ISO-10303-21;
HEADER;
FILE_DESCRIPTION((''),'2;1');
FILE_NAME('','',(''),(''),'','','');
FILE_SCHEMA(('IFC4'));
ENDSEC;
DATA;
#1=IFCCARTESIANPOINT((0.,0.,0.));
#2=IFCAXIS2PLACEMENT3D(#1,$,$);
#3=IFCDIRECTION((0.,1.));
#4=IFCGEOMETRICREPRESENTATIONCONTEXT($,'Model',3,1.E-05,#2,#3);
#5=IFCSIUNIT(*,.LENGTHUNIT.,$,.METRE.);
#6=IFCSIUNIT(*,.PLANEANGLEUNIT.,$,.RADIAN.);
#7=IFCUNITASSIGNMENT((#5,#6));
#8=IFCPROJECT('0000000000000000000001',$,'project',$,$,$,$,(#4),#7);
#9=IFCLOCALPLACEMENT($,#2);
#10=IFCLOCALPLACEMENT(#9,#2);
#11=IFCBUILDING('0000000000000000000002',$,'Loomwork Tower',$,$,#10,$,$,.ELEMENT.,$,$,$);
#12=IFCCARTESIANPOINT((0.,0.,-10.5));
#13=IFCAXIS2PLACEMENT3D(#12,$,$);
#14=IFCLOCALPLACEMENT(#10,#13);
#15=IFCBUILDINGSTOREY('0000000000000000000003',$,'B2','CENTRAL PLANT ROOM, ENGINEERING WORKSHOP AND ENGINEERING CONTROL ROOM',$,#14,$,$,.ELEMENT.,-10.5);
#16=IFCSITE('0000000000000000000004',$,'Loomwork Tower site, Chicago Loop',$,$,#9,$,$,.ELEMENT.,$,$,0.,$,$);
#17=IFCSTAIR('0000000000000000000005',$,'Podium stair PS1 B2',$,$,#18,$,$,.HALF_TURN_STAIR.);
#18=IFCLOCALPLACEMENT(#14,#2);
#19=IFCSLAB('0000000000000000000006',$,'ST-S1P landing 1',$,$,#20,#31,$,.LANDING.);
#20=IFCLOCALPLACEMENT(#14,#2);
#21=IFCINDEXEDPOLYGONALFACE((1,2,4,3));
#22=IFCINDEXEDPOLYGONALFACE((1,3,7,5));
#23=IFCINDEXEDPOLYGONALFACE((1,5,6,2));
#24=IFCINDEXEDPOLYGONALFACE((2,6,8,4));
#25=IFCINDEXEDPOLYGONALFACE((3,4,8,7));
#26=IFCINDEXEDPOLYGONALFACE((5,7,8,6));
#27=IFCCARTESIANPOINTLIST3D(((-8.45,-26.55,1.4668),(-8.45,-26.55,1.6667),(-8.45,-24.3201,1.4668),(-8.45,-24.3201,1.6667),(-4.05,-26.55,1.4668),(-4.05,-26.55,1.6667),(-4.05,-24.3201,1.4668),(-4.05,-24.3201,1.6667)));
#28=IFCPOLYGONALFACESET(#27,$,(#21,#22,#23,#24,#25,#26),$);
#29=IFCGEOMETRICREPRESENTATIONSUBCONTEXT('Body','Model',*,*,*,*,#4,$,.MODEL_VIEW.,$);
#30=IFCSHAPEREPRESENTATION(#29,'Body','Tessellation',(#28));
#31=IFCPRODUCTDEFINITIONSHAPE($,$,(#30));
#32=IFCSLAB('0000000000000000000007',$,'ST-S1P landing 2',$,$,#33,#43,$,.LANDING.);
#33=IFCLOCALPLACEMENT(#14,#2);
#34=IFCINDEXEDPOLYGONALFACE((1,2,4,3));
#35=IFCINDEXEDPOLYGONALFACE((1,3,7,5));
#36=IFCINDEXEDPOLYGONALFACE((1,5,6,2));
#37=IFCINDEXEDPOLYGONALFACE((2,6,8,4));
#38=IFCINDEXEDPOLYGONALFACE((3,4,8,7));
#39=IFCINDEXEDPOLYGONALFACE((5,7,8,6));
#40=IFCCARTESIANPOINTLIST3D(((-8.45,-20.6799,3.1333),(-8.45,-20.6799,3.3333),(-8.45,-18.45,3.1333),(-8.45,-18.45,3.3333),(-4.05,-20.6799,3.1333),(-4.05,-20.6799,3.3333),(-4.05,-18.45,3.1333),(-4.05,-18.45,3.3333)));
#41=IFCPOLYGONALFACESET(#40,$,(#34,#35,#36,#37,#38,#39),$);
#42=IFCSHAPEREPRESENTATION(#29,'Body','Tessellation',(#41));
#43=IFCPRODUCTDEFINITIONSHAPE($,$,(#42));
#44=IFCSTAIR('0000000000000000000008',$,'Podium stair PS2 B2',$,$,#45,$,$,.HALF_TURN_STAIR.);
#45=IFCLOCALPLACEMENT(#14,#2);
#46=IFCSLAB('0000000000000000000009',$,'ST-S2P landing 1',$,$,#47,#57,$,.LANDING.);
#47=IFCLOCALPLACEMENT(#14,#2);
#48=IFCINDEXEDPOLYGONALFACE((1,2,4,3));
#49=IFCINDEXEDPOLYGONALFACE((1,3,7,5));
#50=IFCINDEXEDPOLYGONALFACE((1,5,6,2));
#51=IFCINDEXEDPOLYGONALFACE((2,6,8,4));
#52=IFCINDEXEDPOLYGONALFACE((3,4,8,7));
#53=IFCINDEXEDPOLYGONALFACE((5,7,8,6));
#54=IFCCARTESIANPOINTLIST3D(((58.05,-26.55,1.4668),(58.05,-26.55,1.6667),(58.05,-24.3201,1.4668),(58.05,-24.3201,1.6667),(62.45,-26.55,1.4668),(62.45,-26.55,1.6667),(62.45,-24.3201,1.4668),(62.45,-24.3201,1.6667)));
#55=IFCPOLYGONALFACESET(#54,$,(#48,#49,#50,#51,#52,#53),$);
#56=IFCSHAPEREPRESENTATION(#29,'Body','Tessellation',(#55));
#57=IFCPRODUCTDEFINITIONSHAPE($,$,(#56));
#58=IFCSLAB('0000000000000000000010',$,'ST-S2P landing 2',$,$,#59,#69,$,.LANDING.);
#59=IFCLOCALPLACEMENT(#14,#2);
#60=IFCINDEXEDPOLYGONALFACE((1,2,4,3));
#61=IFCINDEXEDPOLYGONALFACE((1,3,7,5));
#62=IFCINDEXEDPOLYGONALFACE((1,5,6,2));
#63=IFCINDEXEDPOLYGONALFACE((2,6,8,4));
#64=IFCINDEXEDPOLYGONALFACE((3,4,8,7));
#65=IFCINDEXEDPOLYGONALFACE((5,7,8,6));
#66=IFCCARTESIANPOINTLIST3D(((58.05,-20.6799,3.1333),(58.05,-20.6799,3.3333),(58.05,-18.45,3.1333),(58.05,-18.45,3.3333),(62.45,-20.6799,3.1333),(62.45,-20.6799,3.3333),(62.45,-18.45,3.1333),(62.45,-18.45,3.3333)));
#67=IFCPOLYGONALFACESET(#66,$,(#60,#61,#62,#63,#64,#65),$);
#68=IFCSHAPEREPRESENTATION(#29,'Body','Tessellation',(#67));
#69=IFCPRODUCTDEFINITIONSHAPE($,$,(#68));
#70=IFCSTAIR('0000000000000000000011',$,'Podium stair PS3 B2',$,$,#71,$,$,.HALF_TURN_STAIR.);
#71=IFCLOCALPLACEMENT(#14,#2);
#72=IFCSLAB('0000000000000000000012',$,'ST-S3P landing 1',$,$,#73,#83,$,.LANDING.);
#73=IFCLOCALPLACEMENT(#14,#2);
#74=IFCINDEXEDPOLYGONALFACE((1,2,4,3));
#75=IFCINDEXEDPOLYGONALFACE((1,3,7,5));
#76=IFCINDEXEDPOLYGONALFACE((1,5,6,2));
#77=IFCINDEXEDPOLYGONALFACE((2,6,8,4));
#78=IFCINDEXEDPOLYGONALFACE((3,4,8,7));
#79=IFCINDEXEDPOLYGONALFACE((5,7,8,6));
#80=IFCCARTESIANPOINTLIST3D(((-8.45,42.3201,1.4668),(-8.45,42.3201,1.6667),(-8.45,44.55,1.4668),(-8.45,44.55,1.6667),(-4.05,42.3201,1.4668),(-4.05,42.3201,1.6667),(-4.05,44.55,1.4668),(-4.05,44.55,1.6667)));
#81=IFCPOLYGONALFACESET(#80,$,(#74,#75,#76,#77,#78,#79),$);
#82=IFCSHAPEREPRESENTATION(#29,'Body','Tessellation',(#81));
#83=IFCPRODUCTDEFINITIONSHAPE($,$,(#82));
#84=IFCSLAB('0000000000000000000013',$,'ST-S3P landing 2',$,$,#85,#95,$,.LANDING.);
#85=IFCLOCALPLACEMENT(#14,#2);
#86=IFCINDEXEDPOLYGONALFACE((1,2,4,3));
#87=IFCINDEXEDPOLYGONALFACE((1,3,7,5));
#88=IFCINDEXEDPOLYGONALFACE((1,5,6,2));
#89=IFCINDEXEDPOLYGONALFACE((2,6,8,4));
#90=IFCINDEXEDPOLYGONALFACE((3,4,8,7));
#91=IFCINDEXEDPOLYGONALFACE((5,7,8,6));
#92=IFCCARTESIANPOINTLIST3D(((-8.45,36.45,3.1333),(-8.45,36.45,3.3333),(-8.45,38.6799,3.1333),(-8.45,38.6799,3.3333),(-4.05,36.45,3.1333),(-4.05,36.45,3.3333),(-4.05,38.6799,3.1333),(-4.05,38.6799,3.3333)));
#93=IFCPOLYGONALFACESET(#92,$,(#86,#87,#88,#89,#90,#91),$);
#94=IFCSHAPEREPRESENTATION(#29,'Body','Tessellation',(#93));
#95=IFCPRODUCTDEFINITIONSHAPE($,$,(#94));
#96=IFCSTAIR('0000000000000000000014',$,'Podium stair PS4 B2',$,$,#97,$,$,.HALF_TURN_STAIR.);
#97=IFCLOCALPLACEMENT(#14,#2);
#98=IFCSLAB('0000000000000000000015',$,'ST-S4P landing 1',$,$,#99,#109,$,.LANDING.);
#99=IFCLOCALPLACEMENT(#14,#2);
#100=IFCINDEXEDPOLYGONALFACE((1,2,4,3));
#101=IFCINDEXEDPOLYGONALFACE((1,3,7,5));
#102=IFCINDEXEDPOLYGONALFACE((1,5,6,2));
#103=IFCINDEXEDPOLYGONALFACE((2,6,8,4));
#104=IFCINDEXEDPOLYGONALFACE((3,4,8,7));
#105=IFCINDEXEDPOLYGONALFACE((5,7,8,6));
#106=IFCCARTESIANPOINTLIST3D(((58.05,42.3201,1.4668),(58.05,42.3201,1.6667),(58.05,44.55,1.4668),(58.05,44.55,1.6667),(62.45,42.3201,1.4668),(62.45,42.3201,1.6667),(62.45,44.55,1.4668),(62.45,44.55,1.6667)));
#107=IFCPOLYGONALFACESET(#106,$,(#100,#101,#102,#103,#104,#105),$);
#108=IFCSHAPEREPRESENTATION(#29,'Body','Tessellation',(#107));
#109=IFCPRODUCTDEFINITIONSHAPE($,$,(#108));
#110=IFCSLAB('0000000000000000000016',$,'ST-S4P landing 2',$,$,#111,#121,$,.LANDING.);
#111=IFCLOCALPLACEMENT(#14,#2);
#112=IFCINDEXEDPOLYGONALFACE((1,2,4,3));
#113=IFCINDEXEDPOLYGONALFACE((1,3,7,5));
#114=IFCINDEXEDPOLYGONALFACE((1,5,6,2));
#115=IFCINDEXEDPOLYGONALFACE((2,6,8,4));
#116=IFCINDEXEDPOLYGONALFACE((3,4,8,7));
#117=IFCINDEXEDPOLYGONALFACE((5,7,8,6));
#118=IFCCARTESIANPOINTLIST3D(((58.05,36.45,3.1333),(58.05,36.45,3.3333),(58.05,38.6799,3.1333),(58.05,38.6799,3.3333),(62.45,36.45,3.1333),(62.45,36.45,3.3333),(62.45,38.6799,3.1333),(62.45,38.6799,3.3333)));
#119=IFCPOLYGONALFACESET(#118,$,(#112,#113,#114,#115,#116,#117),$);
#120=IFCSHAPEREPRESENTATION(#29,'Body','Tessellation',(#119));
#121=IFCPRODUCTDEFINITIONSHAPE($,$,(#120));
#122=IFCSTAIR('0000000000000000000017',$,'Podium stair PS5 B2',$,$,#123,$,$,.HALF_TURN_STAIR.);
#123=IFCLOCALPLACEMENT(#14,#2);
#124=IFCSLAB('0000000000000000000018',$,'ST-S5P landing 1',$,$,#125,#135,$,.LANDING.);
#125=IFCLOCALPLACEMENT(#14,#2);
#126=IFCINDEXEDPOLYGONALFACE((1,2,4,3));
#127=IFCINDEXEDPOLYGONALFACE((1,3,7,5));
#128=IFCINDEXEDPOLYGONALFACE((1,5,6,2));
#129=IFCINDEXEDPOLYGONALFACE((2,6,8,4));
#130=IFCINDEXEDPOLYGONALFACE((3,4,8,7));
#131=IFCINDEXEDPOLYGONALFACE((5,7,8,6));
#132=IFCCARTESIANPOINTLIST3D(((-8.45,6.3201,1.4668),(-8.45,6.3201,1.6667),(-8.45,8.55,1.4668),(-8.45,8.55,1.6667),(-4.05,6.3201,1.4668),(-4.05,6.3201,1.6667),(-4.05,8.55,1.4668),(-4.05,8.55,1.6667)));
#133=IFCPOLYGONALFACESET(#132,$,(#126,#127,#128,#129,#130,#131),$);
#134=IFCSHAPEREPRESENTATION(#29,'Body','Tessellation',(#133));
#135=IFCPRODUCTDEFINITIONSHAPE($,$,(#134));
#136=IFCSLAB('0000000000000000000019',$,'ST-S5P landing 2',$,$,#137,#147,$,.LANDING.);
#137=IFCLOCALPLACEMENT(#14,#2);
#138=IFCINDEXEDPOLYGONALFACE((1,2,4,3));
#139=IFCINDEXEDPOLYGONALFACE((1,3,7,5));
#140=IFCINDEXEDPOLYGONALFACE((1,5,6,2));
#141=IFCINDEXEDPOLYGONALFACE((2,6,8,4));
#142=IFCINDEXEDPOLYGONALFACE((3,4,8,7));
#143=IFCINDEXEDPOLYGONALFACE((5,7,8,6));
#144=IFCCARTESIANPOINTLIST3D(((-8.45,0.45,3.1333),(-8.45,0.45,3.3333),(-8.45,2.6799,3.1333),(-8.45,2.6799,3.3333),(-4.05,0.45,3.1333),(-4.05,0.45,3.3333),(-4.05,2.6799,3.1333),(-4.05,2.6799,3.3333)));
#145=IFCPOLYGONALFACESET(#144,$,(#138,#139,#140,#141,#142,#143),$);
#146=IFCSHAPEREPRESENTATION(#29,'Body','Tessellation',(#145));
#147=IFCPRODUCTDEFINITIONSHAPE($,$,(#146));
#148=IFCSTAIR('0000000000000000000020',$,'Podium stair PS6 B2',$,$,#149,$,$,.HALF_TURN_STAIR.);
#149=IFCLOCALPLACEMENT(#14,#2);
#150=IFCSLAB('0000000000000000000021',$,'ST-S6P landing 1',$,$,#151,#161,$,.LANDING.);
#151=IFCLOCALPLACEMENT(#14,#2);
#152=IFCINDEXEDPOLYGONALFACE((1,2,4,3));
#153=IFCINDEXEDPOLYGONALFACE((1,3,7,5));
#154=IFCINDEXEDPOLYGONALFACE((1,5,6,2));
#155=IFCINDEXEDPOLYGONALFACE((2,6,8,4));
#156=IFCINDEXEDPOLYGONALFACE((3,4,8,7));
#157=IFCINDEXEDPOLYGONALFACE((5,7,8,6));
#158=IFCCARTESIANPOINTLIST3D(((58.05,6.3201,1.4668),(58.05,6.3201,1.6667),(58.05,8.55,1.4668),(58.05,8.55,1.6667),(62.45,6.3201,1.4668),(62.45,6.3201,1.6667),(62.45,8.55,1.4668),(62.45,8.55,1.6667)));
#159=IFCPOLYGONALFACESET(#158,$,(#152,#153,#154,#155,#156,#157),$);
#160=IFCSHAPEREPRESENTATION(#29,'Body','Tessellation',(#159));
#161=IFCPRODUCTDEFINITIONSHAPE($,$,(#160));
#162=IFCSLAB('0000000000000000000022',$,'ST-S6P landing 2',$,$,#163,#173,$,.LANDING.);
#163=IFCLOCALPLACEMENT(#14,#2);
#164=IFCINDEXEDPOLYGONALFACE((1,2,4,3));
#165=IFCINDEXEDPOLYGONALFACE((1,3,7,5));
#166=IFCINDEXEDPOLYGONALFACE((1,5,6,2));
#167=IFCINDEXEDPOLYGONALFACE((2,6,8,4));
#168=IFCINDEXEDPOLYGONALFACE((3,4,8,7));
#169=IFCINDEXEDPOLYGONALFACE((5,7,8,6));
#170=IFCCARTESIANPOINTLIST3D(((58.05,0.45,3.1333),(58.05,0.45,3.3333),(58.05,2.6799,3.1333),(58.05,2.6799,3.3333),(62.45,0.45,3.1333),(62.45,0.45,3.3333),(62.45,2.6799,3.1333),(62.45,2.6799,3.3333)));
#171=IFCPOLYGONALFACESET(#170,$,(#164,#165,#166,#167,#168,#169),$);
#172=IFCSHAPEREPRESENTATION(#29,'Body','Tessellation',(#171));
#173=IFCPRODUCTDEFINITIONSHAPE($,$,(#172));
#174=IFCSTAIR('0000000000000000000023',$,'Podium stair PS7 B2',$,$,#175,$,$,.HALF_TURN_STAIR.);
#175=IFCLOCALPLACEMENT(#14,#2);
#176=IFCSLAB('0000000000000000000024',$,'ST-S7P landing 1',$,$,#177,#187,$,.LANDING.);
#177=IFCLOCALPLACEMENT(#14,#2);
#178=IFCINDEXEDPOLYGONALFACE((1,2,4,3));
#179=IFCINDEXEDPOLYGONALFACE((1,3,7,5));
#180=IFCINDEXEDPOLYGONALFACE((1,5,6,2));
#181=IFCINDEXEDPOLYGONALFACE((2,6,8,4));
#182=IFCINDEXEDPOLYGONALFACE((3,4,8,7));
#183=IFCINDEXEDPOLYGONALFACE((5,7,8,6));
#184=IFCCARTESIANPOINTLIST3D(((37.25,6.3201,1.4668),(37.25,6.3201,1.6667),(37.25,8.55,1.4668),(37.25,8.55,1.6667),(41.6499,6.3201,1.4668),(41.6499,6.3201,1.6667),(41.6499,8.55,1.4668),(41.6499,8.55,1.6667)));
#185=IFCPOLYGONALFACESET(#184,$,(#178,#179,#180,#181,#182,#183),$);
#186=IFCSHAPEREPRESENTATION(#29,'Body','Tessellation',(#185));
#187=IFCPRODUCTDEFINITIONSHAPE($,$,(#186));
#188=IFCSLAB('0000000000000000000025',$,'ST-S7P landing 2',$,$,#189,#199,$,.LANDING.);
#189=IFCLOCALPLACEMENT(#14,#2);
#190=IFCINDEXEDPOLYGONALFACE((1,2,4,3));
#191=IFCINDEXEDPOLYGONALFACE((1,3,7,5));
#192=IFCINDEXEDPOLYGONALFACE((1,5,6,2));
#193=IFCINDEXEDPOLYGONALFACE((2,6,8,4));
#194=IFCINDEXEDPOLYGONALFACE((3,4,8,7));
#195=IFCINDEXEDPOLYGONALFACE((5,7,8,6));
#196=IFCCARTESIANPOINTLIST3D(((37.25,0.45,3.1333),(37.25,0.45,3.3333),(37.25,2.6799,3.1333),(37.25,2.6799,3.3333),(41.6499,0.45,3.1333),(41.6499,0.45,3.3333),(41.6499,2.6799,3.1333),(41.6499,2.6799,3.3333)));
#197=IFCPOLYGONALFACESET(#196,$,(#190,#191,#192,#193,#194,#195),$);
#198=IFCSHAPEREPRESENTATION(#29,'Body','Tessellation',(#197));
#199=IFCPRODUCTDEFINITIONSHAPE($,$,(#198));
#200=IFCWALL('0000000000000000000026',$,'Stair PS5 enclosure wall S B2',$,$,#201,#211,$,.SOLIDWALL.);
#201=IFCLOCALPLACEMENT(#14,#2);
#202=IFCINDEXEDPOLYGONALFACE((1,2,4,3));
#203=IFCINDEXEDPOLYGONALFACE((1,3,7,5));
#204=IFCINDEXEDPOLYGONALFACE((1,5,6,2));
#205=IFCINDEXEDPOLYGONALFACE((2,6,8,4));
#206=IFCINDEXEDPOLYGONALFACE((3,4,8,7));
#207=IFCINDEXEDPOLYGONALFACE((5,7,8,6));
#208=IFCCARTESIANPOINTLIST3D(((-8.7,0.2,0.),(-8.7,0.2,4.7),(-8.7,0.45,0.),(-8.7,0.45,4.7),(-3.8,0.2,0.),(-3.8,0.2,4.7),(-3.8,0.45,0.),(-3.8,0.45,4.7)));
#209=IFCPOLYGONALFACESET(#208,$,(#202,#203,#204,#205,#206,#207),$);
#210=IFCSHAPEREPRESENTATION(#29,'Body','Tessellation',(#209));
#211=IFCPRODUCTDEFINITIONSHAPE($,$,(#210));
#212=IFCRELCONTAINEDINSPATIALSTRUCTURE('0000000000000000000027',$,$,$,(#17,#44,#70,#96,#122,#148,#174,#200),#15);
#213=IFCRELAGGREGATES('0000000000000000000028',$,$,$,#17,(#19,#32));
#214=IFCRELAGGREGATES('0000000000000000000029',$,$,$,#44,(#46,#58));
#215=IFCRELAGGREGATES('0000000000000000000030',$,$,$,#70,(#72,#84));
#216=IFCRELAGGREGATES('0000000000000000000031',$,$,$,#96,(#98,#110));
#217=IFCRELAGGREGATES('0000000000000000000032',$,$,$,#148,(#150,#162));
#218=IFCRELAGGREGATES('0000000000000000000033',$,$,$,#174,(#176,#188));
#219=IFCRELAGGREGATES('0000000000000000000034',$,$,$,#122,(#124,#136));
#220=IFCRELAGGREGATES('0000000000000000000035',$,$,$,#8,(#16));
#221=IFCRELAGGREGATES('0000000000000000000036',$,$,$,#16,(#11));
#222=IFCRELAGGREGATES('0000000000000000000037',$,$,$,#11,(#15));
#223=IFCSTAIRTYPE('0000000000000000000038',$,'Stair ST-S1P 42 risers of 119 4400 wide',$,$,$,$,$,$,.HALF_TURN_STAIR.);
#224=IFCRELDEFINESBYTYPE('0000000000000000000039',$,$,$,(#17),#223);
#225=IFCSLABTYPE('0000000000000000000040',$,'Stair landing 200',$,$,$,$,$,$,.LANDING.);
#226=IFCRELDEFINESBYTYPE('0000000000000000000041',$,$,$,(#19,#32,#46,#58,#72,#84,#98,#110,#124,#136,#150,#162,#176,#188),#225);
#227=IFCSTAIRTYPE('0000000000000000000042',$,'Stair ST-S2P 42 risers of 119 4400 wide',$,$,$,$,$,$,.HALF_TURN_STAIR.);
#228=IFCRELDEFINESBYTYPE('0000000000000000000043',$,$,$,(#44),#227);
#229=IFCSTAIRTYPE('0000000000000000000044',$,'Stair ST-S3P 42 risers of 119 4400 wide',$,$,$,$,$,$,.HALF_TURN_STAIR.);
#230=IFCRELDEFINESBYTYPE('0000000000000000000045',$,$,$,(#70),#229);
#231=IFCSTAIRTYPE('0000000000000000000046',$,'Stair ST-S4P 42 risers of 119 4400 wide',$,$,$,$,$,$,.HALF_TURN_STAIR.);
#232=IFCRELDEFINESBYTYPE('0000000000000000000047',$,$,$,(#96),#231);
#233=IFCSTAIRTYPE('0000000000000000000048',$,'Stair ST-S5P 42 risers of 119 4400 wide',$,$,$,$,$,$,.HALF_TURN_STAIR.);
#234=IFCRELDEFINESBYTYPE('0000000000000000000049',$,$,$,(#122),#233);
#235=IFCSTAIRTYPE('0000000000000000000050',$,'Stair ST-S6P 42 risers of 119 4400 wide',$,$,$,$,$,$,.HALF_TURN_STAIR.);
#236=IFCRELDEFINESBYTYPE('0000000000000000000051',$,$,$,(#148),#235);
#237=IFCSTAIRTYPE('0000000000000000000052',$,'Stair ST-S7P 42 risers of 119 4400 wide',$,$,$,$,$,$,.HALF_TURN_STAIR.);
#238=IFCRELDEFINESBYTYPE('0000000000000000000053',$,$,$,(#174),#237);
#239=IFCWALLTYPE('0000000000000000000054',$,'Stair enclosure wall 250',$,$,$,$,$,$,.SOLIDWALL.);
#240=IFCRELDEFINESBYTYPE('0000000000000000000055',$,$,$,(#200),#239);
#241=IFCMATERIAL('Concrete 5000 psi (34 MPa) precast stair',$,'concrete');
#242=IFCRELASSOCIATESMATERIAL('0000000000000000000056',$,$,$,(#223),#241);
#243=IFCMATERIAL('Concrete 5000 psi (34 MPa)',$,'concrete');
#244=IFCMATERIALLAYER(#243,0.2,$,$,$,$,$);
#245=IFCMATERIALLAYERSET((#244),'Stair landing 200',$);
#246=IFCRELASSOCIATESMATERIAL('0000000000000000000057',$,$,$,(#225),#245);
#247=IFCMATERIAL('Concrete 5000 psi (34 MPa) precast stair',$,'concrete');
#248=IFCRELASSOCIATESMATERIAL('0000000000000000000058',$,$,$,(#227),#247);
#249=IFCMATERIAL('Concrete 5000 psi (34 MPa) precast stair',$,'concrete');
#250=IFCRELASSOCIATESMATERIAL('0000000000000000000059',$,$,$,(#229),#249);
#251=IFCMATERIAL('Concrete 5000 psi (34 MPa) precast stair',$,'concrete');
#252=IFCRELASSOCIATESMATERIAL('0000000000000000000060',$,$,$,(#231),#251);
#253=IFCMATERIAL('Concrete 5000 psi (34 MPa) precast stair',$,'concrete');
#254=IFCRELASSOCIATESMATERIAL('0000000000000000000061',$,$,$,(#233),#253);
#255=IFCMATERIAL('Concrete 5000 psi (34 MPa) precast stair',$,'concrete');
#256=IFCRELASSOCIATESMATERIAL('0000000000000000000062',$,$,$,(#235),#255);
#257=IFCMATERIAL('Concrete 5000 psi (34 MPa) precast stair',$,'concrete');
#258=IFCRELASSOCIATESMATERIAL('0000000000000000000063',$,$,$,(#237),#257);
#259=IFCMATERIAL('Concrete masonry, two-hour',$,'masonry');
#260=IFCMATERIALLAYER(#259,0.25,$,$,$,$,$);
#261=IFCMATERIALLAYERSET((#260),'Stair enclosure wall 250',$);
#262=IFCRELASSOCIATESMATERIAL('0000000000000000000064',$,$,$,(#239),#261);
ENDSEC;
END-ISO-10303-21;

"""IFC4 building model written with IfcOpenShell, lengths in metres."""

from ifc_helpers import new_model, si_unit, direction, frame, frame_2d, origin, place, context, subcontext, project, spatial, polyline, rectangle, outline, extrude, material, layer, layer_set, type_object, element, aggregate, save


model = new_model("IFC4")

# Units and contexts
model_context = context("Model", 3, precision=1e-05, world=origin(), true_north=direction((0.0, 1.0)))
body_context = subcontext(model_context, "Body", "Model", "MODEL_VIEW")
ifc_project = project(units=[si_unit("LENGTHUNIT", "METRE"), si_unit("PLANEANGLEUNIT", "RADIAN")], contexts=[model_context])

# Site, building, storey
site_placement = place(None, origin())
site = spatial("IfcSite", under=ifc_project, at=site_placement, Name="Loomwork Tower site, Chicago Loop", CompositionType="ELEMENT", RefElevation=0.0)
building_placement = place(site_placement, origin())
building = spatial("IfcBuilding", under=site, at=building_placement, Name="Loomwork Tower", CompositionType="ELEMENT")
storey_placement = place(building_placement, frame((0.0, 0.0, -10.5)))
storey = spatial("IfcBuildingStorey", under=building, at=storey_placement, Name="B2", Description="CENTRAL PLANT ROOM, ENGINEERING WORKSHOP AND ENGINEERING CONTROL ROOM", CompositionType="ELEMENT", Elevation=-10.5)

# Stairs, slabs
ifc_material_1 = material(Name="Concrete 5000 psi (34 MPa) precast stair", Category="concrete")
stair_type_1 = type_object("IfcStairType", Name="Stair ST-S1P 42 risers of 119 4400 wide", PredefinedType="HALF_TURN_STAIR", material=ifc_material_1)
stair_1_placement = place(storey_placement, origin())
stair_1 = element("IfcStair", 1, at=stair_1_placement, inside=storey, type_object=stair_type_1, Name="Podium stair PS1 B2", PredefinedType="HALF_TURN_STAIR")
ifc_material_2 = material(Name="Concrete 5000 psi (34 MPa)", Category="concrete")
ifc_layer_1 = layer(ifc_material_2, 0.2)
ifc_layer_set_1 = layer_set([ifc_layer_1], Name="Stair landing 200")
slab_type = type_object("IfcSlabType", Name="Stair landing 200", PredefinedType="LANDING", material=ifc_layer_set_1)
slab_1_placement = place(storey_placement, frame((0.0, 0.0, 1.4668)))
slab_1 = element("IfcSlab", 2, at=slab_1_placement, type_object=slab_type, Name="ST-S1P landing 1", PredefinedType="LANDING", context=body_context, shape_type="SweptSolid", body=[
    extrude(outline(polyline([(-8.45, -26.55), (-4.05, -26.55), (-4.05, -24.3201), (-8.45, -24.3201), (-8.45, -26.55)])), origin(), (0.0, 0.0, 1.0), 0.2),
])
slab_2_placement = place(storey_placement, frame((0.0, 0.0, 3.1333)))
slab_2 = element("IfcSlab", 3, at=slab_2_placement, type_object=slab_type, Name="ST-S1P landing 2", PredefinedType="LANDING", context=body_context, shape_type="SweptSolid", body=[
    extrude(outline(polyline([(-8.45, -20.6799), (-4.05, -20.6799), (-4.05, -18.45), (-8.45, -18.45), (-8.45, -20.6799)])), origin(), (0.0, 0.0, 1.0), 0.2),
])
aggregate(stair_1, [slab_1, slab_2])
ifc_material_3 = material(Name="Concrete 5000 psi (34 MPa) precast stair", Category="concrete")
stair_type_2 = type_object("IfcStairType", Name="Stair ST-S2P 42 risers of 119 4400 wide", PredefinedType="HALF_TURN_STAIR", material=ifc_material_3)
stair_2_placement = place(storey_placement, origin())
stair_2 = element("IfcStair", 4, at=stair_2_placement, inside=storey, type_object=stair_type_2, Name="Podium stair PS2 B2", PredefinedType="HALF_TURN_STAIR")
slab_3_placement = place(storey_placement, frame((0.0, 0.0, 1.4668)))
slab_3 = element("IfcSlab", 5, at=slab_3_placement, type_object=slab_type, Name="ST-S2P landing 1", PredefinedType="LANDING", context=body_context, shape_type="SweptSolid", body=[
    extrude(outline(polyline([(58.05, -26.55), (62.45, -26.55), (62.45, -24.3201), (58.05, -24.3201), (58.05, -26.55)])), origin(), (0.0, 0.0, 1.0), 0.2),
])
slab_4_placement = place(storey_placement, frame((0.0, 0.0, 3.1333)))
slab_4 = element("IfcSlab", 6, at=slab_4_placement, type_object=slab_type, Name="ST-S2P landing 2", PredefinedType="LANDING", context=body_context, shape_type="SweptSolid", body=[
    extrude(outline(polyline([(58.05, -20.6799), (62.45, -20.6799), (62.45, -18.45), (58.05, -18.45), (58.05, -20.6799)])), origin(), (0.0, 0.0, 1.0), 0.2),
])
aggregate(stair_2, [slab_3, slab_4])
ifc_material_4 = material(Name="Concrete 5000 psi (34 MPa) precast stair", Category="concrete")
stair_type_3 = type_object("IfcStairType", Name="Stair ST-S3P 42 risers of 119 4400 wide", PredefinedType="HALF_TURN_STAIR", material=ifc_material_4)
stair_3_placement = place(storey_placement, origin())
stair_3 = element("IfcStair", 7, at=stair_3_placement, inside=storey, type_object=stair_type_3, Name="Podium stair PS3 B2", PredefinedType="HALF_TURN_STAIR")
slab_5_placement = place(storey_placement, frame((0.0, 0.0, 1.4668)))
slab_5 = element("IfcSlab", 8, at=slab_5_placement, type_object=slab_type, Name="ST-S3P landing 1", PredefinedType="LANDING", context=body_context, shape_type="SweptSolid", body=[
    extrude(outline(polyline([(-8.45, 42.3201), (-4.05, 42.3201), (-4.05, 44.55), (-8.45, 44.55), (-8.45, 42.3201)])), origin(), (0.0, 0.0, 1.0), 0.2),
])
slab_6_placement = place(storey_placement, frame((0.0, 0.0, 3.1333)))
slab_6 = element("IfcSlab", 9, at=slab_6_placement, type_object=slab_type, Name="ST-S3P landing 2", PredefinedType="LANDING", context=body_context, shape_type="SweptSolid", body=[
    extrude(outline(polyline([(-8.45, 36.45), (-4.05, 36.45), (-4.05, 38.6799), (-8.45, 38.6799), (-8.45, 36.45)])), origin(), (0.0, 0.0, 1.0), 0.2),
])
aggregate(stair_3, [slab_5, slab_6])
ifc_material_5 = material(Name="Concrete 5000 psi (34 MPa) precast stair", Category="concrete")
stair_type_4 = type_object("IfcStairType", Name="Stair ST-S4P 42 risers of 119 4400 wide", PredefinedType="HALF_TURN_STAIR", material=ifc_material_5)
stair_4_placement = place(storey_placement, origin())
stair_4 = element("IfcStair", 10, at=stair_4_placement, inside=storey, type_object=stair_type_4, Name="Podium stair PS4 B2", PredefinedType="HALF_TURN_STAIR")
slab_7_placement = place(storey_placement, frame((0.0, 0.0, 1.4668)))
slab_7 = element("IfcSlab", 11, at=slab_7_placement, type_object=slab_type, Name="ST-S4P landing 1", PredefinedType="LANDING", context=body_context, shape_type="SweptSolid", body=[
    extrude(outline(polyline([(58.05, 42.3201), (62.45, 42.3201), (62.45, 44.55), (58.05, 44.55), (58.05, 42.3201)])), origin(), (0.0, 0.0, 1.0), 0.2),
])
slab_8_placement = place(storey_placement, frame((0.0, 0.0, 3.1333)))
slab_8 = element("IfcSlab", 12, at=slab_8_placement, type_object=slab_type, Name="ST-S4P landing 2", PredefinedType="LANDING", context=body_context, shape_type="SweptSolid", body=[
    extrude(outline(polyline([(58.05, 36.45), (62.45, 36.45), (62.45, 38.6799), (58.05, 38.6799), (58.05, 36.45)])), origin(), (0.0, 0.0, 1.0), 0.2),
])
aggregate(stair_4, [slab_7, slab_8])
ifc_material_6 = material(Name="Concrete 5000 psi (34 MPa) precast stair", Category="concrete")
stair_type_5 = type_object("IfcStairType", Name="Stair ST-S5P 42 risers of 119 4400 wide", PredefinedType="HALF_TURN_STAIR", material=ifc_material_6)
stair_5_placement = place(storey_placement, origin())
stair_5 = element("IfcStair", 13, at=stair_5_placement, inside=storey, type_object=stair_type_5, Name="Podium stair PS5 B2", PredefinedType="HALF_TURN_STAIR")
slab_9_placement = place(storey_placement, frame((0.0, 0.0, 1.4668)))
slab_9 = element("IfcSlab", 14, at=slab_9_placement, type_object=slab_type, Name="ST-S5P landing 1", PredefinedType="LANDING", context=body_context, shape_type="SweptSolid", body=[
    extrude(outline(polyline([(-8.45, 6.3201), (-4.05, 6.3201), (-4.05, 8.55), (-8.45, 8.55), (-8.45, 6.3201)])), origin(), (0.0, 0.0, 1.0), 0.2),
])
slab_10_placement = place(storey_placement, frame((0.0, 0.0, 3.1333)))
slab_10 = element("IfcSlab", 15, at=slab_10_placement, type_object=slab_type, Name="ST-S5P landing 2", PredefinedType="LANDING", context=body_context, shape_type="SweptSolid", body=[
    extrude(outline(polyline([(-8.45, 0.45), (-4.05, 0.45), (-4.05, 2.6799), (-8.45, 2.6799), (-8.45, 0.45)])), origin(), (0.0, 0.0, 1.0), 0.2),
])
ifc_material_7 = material(Name="Concrete 5000 psi (34 MPa) precast stair", Category="concrete")
stair_type_6 = type_object("IfcStairType", Name="Stair ST-S6P 42 risers of 119 4400 wide", PredefinedType="HALF_TURN_STAIR", material=ifc_material_7)
stair_6_placement = place(storey_placement, origin())
stair_6 = element("IfcStair", 16, at=stair_6_placement, inside=storey, type_object=stair_type_6, Name="Podium stair PS6 B2", PredefinedType="HALF_TURN_STAIR")
slab_11_placement = place(storey_placement, frame((0.0, 0.0, 1.4668)))
slab_11 = element("IfcSlab", 17, at=slab_11_placement, type_object=slab_type, Name="ST-S6P landing 1", PredefinedType="LANDING", context=body_context, shape_type="SweptSolid", body=[
    extrude(outline(polyline([(58.05, 6.3201), (62.45, 6.3201), (62.45, 8.55), (58.05, 8.55), (58.05, 6.3201)])), origin(), (0.0, 0.0, 1.0), 0.2),
])
slab_12_placement = place(storey_placement, frame((0.0, 0.0, 3.1333)))
slab_12 = element("IfcSlab", 18, at=slab_12_placement, type_object=slab_type, Name="ST-S6P landing 2", PredefinedType="LANDING", context=body_context, shape_type="SweptSolid", body=[
    extrude(outline(polyline([(58.05, 0.45), (62.45, 0.45), (62.45, 2.6799), (58.05, 2.6799), (58.05, 0.45)])), origin(), (0.0, 0.0, 1.0), 0.2),
])
aggregate(stair_6, [slab_11, slab_12])
ifc_material_8 = material(Name="Concrete 5000 psi (34 MPa) precast stair", Category="concrete")
stair_type_7 = type_object("IfcStairType", Name="Stair ST-S7P 42 risers of 119 4400 wide", PredefinedType="HALF_TURN_STAIR", material=ifc_material_8)
stair_7_placement = place(storey_placement, origin())
stair_7 = element("IfcStair", 19, at=stair_7_placement, inside=storey, type_object=stair_type_7, Name="Podium stair PS7 B2", PredefinedType="HALF_TURN_STAIR")
slab_13_placement = place(storey_placement, frame((0.0, 0.0, 1.4668)))
slab_13 = element("IfcSlab", 20, at=slab_13_placement, type_object=slab_type, Name="ST-S7P landing 1", PredefinedType="LANDING", context=body_context, shape_type="SweptSolid", body=[
    extrude(outline(polyline([(37.25, 6.3201), (41.6499, 6.3201), (41.6499, 8.55), (37.25, 8.55), (37.25, 6.3201)])), origin(), (0.0, 0.0, 1.0), 0.2),
])
slab_14_placement = place(storey_placement, frame((0.0, 0.0, 3.1333)))
slab_14 = element("IfcSlab", 21, at=slab_14_placement, type_object=slab_type, Name="ST-S7P landing 2", PredefinedType="LANDING", context=body_context, shape_type="SweptSolid", body=[
    extrude(outline(polyline([(37.25, 0.45), (41.6499, 0.45), (41.6499, 2.6799), (37.25, 2.6799), (37.25, 0.45)])), origin(), (0.0, 0.0, 1.0), 0.2),
])
aggregate(stair_7, [slab_13, slab_14])

# Wall
ifc_material_9 = material(Name="Concrete masonry, two-hour", Category="masonry")
ifc_layer_2 = layer(ifc_material_9, 0.25)
ifc_layer_set_2 = layer_set([ifc_layer_2], Name="Stair enclosure wall 250")
wall_type = type_object("IfcWallType", Name="Stair enclosure wall 250", PredefinedType="SOLIDWALL", material=ifc_layer_set_2)
wall_1_placement = place(storey_placement, frame((-8.7, 0.325, 0.0), z_axis=(0.0, 0.0, 1.0), x_axis=(1.0, 0.0, 0.0)))
element("IfcWall", 22, at=wall_1_placement, inside=storey, type_object=wall_type, Name="Stair PS5 enclosure wall S B2", PredefinedType="SOLIDWALL", context=body_context, shape_type="SweptSolid", body=[
    extrude(rectangle(XDim=4.8999, YDim=0.25, at=frame_2d((2.45, 0.0))), origin(), (0.0, 0.0, 1.0), 4.7),
])

aggregate(stair_5, [slab_9, slab_10])

save(model, "model.ifc")
